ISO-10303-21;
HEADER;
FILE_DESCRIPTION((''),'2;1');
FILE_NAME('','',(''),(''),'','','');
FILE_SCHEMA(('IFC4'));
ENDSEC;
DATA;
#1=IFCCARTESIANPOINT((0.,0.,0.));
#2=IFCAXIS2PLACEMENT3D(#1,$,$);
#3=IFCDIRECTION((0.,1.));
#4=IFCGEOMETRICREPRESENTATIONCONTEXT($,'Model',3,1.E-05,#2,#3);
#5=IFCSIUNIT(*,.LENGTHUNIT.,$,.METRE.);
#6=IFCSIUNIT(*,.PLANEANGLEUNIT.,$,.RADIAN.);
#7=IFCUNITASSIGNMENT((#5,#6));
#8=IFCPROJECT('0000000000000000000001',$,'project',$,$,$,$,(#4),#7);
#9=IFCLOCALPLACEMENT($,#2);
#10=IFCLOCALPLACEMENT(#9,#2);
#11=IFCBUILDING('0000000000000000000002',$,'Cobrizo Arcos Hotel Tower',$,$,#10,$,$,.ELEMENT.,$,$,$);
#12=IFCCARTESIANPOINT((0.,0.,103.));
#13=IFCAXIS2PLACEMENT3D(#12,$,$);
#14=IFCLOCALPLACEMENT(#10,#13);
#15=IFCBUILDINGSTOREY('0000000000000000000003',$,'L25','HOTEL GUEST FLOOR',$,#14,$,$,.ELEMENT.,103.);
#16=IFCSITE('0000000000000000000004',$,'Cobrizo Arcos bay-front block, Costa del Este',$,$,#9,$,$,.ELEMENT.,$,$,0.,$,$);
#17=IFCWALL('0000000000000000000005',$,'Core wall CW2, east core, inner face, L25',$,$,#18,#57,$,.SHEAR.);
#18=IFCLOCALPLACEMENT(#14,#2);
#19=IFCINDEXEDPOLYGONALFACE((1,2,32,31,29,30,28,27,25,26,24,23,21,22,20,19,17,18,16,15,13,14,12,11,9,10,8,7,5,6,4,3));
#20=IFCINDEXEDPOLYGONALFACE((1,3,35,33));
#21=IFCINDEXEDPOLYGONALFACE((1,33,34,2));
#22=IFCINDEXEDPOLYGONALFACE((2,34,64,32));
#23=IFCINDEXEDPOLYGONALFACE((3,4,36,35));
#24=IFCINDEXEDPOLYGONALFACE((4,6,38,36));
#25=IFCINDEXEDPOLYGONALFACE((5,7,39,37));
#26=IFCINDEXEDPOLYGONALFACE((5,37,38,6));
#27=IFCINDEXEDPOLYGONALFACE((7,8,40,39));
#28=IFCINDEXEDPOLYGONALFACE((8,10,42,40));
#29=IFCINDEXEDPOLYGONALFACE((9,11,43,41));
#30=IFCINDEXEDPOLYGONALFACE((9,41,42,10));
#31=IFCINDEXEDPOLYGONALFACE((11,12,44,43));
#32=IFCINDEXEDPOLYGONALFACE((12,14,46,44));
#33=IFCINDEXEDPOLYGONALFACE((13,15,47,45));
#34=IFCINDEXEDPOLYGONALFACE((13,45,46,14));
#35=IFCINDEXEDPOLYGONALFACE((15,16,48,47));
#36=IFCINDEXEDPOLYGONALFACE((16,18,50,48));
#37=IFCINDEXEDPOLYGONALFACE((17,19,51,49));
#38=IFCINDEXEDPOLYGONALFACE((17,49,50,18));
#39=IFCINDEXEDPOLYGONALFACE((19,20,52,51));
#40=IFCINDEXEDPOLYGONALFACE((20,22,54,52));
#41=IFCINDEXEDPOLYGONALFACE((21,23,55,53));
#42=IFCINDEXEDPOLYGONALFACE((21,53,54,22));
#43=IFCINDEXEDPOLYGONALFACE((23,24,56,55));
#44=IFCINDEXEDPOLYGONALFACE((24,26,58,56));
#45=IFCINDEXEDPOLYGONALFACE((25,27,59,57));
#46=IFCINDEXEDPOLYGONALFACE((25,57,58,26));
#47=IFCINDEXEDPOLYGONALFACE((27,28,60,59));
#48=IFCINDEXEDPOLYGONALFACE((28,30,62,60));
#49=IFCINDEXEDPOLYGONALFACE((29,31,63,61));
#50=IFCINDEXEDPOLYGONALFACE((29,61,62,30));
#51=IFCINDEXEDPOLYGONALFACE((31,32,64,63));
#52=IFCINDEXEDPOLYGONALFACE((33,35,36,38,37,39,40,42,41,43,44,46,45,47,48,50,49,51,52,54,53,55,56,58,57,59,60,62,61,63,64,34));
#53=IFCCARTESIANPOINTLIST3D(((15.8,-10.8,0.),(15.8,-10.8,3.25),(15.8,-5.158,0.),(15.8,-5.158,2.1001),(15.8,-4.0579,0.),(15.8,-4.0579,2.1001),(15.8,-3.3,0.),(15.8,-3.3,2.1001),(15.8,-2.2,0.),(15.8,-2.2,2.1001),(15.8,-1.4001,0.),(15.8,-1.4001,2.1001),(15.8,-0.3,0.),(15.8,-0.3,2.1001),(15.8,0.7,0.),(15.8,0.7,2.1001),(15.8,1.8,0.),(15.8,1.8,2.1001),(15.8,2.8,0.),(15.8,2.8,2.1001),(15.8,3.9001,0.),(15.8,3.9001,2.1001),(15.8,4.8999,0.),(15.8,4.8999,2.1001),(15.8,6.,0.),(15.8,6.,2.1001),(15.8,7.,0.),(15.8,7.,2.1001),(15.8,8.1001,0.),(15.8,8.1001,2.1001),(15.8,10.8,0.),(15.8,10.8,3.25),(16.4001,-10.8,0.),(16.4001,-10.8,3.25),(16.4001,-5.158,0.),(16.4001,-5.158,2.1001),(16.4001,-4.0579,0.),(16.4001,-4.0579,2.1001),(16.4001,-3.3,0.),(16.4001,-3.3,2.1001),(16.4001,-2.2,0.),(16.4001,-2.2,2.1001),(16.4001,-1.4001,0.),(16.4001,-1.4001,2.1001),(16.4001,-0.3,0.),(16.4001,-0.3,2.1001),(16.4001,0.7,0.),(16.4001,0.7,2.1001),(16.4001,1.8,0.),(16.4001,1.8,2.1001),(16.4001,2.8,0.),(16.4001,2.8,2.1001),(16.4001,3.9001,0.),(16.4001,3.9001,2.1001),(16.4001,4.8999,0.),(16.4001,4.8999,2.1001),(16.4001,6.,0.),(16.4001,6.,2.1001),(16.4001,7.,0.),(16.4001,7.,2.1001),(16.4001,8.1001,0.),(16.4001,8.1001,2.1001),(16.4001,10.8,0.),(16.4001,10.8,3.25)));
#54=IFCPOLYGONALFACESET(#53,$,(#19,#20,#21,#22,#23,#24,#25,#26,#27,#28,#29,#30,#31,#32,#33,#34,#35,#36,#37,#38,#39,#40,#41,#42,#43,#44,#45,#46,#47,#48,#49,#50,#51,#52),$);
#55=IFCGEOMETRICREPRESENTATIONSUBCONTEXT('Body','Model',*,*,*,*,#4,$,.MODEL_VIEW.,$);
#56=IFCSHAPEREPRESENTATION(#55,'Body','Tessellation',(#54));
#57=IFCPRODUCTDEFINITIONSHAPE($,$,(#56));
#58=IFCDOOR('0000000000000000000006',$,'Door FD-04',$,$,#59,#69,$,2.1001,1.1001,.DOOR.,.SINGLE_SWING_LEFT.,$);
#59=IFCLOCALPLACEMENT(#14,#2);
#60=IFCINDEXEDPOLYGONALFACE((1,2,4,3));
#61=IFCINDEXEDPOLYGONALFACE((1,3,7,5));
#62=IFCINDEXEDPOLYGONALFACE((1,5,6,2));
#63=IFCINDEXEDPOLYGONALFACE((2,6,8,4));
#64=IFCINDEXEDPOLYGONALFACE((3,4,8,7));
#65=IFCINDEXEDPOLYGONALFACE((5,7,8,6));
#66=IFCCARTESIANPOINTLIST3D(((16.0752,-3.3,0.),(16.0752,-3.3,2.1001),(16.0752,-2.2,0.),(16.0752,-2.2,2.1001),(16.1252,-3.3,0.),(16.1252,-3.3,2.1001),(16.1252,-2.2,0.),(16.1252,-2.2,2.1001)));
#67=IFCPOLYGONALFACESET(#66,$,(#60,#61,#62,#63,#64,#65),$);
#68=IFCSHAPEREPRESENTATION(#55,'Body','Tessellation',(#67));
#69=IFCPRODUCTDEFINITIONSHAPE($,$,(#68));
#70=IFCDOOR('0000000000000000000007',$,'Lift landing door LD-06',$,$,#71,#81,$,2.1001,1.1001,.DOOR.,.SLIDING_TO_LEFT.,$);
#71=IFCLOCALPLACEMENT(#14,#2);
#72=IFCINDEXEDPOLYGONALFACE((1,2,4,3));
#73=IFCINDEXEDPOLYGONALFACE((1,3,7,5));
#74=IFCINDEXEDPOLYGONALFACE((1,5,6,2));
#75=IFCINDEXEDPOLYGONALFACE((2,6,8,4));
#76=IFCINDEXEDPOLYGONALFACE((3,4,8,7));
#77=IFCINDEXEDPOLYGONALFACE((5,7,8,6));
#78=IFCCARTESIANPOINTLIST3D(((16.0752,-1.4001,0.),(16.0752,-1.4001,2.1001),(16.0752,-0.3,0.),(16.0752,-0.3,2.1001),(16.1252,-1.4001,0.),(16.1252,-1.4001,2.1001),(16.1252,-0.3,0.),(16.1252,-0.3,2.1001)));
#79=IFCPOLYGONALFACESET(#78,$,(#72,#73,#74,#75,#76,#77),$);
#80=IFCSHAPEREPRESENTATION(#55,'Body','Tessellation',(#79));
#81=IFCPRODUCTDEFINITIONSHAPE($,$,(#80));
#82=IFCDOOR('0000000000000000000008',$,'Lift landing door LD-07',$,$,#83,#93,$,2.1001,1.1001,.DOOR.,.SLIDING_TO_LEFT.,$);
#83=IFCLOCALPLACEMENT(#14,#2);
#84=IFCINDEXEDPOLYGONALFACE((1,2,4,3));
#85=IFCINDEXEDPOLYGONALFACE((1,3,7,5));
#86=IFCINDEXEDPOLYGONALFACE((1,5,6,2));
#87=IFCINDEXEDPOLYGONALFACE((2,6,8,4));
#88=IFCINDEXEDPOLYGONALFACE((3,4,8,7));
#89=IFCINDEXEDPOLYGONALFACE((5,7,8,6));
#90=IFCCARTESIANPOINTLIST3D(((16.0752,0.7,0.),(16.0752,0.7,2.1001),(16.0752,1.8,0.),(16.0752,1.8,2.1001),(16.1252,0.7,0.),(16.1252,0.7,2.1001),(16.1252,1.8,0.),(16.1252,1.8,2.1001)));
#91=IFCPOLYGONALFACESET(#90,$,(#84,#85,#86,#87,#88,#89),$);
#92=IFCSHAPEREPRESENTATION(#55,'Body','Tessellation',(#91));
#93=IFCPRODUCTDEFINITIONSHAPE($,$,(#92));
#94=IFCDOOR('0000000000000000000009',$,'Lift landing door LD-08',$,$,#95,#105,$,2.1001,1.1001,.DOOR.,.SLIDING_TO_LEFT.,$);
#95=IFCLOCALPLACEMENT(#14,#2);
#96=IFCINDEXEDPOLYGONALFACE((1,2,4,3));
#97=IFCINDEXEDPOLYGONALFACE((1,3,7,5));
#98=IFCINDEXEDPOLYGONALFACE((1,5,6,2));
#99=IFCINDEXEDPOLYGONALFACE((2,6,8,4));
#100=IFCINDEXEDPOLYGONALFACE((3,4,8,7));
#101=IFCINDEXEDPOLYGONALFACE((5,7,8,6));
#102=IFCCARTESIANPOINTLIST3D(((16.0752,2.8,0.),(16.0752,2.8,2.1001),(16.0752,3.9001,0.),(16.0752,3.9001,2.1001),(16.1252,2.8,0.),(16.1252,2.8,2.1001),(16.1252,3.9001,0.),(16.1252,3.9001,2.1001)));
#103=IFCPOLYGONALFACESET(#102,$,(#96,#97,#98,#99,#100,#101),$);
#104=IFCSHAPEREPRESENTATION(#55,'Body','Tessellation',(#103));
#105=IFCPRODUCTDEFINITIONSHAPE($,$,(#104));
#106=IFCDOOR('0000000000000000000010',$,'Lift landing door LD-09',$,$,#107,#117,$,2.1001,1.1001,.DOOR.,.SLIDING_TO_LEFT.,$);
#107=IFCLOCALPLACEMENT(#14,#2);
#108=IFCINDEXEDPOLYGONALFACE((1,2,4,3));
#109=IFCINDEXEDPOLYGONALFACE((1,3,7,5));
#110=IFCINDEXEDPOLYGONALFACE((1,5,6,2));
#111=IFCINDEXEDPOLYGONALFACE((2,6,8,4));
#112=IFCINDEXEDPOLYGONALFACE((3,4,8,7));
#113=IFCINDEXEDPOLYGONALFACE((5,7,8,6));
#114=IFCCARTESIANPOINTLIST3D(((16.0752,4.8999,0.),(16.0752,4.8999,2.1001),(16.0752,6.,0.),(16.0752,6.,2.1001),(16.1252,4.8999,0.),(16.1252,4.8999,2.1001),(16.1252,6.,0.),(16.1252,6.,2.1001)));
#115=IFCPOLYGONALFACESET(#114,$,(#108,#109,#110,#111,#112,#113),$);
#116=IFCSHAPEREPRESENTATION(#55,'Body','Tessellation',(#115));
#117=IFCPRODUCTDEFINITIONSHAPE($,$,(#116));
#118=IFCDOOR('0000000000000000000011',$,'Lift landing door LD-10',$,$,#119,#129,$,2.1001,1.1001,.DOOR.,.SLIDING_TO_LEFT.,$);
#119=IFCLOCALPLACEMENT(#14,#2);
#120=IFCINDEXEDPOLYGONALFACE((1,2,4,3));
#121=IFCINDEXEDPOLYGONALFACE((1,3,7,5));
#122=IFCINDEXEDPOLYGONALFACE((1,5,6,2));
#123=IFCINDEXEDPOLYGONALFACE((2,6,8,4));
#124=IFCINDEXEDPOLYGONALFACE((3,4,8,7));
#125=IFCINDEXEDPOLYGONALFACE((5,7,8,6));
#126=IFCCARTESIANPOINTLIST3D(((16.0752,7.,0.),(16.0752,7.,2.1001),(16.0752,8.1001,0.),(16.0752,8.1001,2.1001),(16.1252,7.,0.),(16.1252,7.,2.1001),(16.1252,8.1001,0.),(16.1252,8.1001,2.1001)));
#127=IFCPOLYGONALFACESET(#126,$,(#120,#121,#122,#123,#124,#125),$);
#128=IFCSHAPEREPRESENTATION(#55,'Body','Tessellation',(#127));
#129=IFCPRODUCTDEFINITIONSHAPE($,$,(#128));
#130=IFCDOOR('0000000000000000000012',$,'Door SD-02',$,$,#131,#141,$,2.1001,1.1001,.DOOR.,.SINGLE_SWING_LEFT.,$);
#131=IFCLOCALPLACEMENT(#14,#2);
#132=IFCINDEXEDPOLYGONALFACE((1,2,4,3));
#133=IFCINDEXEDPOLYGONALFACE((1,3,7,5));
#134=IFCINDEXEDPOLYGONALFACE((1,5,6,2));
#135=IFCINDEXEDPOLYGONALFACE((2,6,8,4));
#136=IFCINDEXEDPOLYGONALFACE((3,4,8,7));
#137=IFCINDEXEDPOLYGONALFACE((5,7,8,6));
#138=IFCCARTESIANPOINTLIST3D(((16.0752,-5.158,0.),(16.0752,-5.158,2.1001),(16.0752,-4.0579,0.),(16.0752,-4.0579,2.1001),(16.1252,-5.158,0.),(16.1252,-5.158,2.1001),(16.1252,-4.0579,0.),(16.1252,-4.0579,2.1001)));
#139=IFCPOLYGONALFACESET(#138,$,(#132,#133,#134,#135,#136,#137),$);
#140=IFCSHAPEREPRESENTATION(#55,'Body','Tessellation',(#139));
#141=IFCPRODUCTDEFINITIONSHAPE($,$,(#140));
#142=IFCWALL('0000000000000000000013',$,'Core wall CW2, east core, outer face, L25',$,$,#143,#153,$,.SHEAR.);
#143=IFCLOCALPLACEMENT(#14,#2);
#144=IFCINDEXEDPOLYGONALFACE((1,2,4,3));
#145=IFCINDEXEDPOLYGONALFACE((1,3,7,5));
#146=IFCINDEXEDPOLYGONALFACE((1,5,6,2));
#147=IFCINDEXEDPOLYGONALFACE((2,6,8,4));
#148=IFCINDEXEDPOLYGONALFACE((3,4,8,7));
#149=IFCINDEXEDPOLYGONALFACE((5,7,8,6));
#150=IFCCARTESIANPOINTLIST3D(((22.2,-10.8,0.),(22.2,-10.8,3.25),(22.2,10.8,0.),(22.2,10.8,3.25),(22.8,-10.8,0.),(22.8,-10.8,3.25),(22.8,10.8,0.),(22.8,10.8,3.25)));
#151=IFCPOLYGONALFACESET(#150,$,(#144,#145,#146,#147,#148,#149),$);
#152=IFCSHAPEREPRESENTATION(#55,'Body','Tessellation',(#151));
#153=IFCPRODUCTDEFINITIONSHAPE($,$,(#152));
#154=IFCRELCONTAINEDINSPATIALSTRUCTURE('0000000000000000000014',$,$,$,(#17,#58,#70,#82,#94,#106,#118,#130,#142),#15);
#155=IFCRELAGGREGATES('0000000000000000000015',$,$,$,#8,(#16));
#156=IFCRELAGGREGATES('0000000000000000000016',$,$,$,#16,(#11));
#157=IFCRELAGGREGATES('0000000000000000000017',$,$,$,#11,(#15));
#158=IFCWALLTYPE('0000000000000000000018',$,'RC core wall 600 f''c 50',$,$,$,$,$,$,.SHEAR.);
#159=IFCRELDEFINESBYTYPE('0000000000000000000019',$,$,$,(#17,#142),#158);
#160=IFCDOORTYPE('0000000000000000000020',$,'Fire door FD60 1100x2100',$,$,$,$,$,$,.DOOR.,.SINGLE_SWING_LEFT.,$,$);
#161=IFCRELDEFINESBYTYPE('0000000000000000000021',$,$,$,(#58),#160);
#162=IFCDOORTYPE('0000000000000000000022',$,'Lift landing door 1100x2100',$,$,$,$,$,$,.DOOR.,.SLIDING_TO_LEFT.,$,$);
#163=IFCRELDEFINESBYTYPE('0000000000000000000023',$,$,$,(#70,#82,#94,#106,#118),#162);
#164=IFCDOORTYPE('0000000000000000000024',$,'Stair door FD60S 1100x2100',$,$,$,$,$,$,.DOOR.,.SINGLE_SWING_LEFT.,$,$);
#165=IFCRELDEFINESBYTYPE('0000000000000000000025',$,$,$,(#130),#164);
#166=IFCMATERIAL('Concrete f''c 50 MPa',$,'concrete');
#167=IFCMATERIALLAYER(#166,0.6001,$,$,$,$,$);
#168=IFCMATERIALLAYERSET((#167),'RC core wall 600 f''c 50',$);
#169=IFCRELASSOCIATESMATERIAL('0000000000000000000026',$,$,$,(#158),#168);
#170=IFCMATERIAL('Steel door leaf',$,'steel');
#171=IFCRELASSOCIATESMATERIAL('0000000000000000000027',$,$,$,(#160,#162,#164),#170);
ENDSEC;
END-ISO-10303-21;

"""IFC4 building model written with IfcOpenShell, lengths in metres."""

from ifc_helpers import new_model, si_unit, direction, frame, frame_2d, origin, place, context, subcontext, project, spatial, rectangle, extrude, material, layer, layer_set, type_object, element, fill, save


model = new_model("IFC4")

# Units and contexts
model_context = context("Model", 3, precision=1e-05, world=origin(), true_north=direction((0.0, 1.0)))
body_context = subcontext(model_context, "Body", "Model", "MODEL_VIEW")
ifc_project = project(units=[si_unit("LENGTHUNIT", "METRE"), si_unit("PLANEANGLEUNIT", "RADIAN")], contexts=[model_context])

# Site, building, storey
site_placement = place(None, origin())
site = spatial("IfcSite", under=ifc_project, at=site_placement, Name="Cobrizo Arcos bay-front block, Costa del Este", CompositionType="ELEMENT", RefElevation=0.0)
building_placement = place(site_placement, origin())
building = spatial("IfcBuilding", under=site, at=building_placement, Name="Cobrizo Arcos Hotel Tower", CompositionType="ELEMENT")
storey_placement = place(building_placement, frame((0.0, 0.0, 103.0)))
storey = spatial("IfcBuildingStorey", under=building, at=storey_placement, Name="L25", Description="HOTEL GUEST FLOOR", CompositionType="ELEMENT", Elevation=103.0)

# Wall, openings, doors
ifc_material_1 = material(Name="Concrete f'c 50 MPa", Category="concrete")
ifc_layer_1 = layer(ifc_material_1, 0.6001)
ifc_layer_set_1 = layer_set([ifc_layer_1], Name="RC core wall 600 f'c 50")
wall_type_1 = type_object("IfcWallType", Name="RC core wall 600 f'c 50", PredefinedType="SHEAR", material=ifc_layer_set_1)
wall_1_placement = place(storey_placement, frame((16.1001, -10.8, 0.0), z_axis=(0.0, 0.0, 1.0), x_axis=(0.0, 1.0, 0.0)))
wall_1 = element("IfcWall", 1, at=wall_1_placement, inside=storey, type_object=wall_type_1, Name="Core wall CW2, east core, inner face, L25", PredefinedType="SHEAR", context=body_context, shape_type="SweptSolid", body=[
    extrude(rectangle(XDim=21.6001, YDim=0.6001, at=frame_2d((10.8, 0.0))), origin(), (0.0, 0.0, 1.0), 3.25),
])
opening_1_placement = place(wall_1_placement, frame((9.3999, 0.0, 0.0)))
opening_1 = element("IfcOpeningElement", 2, at=opening_1_placement, cuts=wall_1, PredefinedType="OPENING", context=body_context, shape_type="SweptSolid", body=[
    extrude(rectangle(XDim=1.1001, YDim=2.1001, at=frame_2d((0.55, 1.05))), frame((0.0, 0.312, 0.0), z_axis=(0.0, -1.0, 0.0), x_axis=(1.0, 0.0, 0.0)), (0.0, 0.0, 1.0), 0.624),
])
opening_2_placement = place(wall_1_placement, frame((11.5, 0.0, 0.0)))
opening_2 = element("IfcOpeningElement", 3, at=opening_2_placement, cuts=wall_1, PredefinedType="OPENING", context=body_context, shape_type="SweptSolid", body=[
    extrude(rectangle(XDim=1.1001, YDim=2.1001, at=frame_2d((0.55, 1.05))), frame((0.0, 0.312, 0.0), z_axis=(0.0, -1.0, 0.0), x_axis=(1.0, 0.0, 0.0)), (0.0, 0.0, 1.0), 0.624),
])
opening_3_placement = place(wall_1_placement, frame((13.6001, 0.0, 0.0)))
opening_3 = element("IfcOpeningElement", 4, at=opening_3_placement, cuts=wall_1, PredefinedType="OPENING", context=body_context, shape_type="SweptSolid", body=[
    extrude(rectangle(XDim=1.1001, YDim=2.1001, at=frame_2d((0.55, 1.05))), frame((0.0, 0.312, 0.0), z_axis=(0.0, -1.0, 0.0), x_axis=(1.0, 0.0, 0.0)), (0.0, 0.0, 1.0), 0.624),
])
opening_4_placement = place(wall_1_placement, frame((15.7, 0.0, 0.0)))
opening_4 = element("IfcOpeningElement", 5, at=opening_4_placement, cuts=wall_1, PredefinedType="OPENING", context=body_context, shape_type="SweptSolid", body=[
    extrude(rectangle(XDim=1.1001, YDim=2.1001, at=frame_2d((0.55, 1.05))), frame((0.0, 0.312, 0.0), z_axis=(0.0, -1.0, 0.0), x_axis=(1.0, 0.0, 0.0)), (0.0, 0.0, 1.0), 0.624),
])
opening_5_placement = place(wall_1_placement, frame((17.8, 0.0, 0.0)))
opening_5 = element("IfcOpeningElement", 6, at=opening_5_placement, cuts=wall_1, PredefinedType="OPENING", context=body_context, shape_type="SweptSolid", body=[
    extrude(rectangle(XDim=1.1001, YDim=2.1001, at=frame_2d((0.55, 1.05))), frame((0.0, 0.312, 0.0), z_axis=(0.0, -1.0, 0.0), x_axis=(1.0, 0.0, 0.0)), (0.0, 0.0, 1.0), 0.624),
])
opening_6_placement = place(wall_1_placement, frame((5.6421, 0.0, 0.0)))
opening_6 = element("IfcOpeningElement", 7, at=opening_6_placement, cuts=wall_1, PredefinedType="OPENING", context=body_context, shape_type="SweptSolid", body=[
    extrude(rectangle(XDim=1.1001, YDim=2.1001, at=frame_2d((0.55, 1.05))), frame((0.0, 0.312, 0.0), z_axis=(0.0, -1.0, 0.0), x_axis=(1.0, 0.0, 0.0)), (0.0, 0.0, 1.0), 0.624),
])
opening_7_placement = place(wall_1_placement, frame((7.5, 0.0, 0.0)))
opening_7 = element("IfcOpeningElement", 8, at=opening_7_placement, cuts=wall_1, PredefinedType="OPENING", context=body_context, shape_type="SweptSolid", body=[
    extrude(rectangle(XDim=1.1001, YDim=2.1001, at=frame_2d((0.55, 1.05))), frame((0.0, 0.312, 0.0), z_axis=(0.0, -1.0, 0.0), x_axis=(1.0, 0.0, 0.0)), (0.0, 0.0, 1.0), 0.624),
])
ifc_material_2 = material(Name="Steel door leaf", Category="steel")
door_type_1 = type_object("IfcDoorType", Name="Fire door FD60 1100x2100", OperationType="SINGLE_SWING_LEFT", PredefinedType="DOOR", material=ifc_material_2)
door_1_placement = place(opening_7_placement, origin())
door_1 = element("IfcDoor", 9, at=door_1_placement, inside=storey, type_object=door_type_1, Name="Door FD-04", OperationType="SINGLE_SWING_LEFT", OverallHeight=2.1001, OverallWidth=1.1001, PredefinedType="DOOR", context=body_context, shape_type="SweptSolid", body=[
    extrude(rectangle(XDim=1.1001, YDim=2.1001, at=frame_2d((0.55, 1.05))), frame((0.0, 0.0249, 0.0), z_axis=(0.0, -1.0, 0.0), x_axis=(1.0, 0.0, 0.0)), (0.0, 0.0, 1.0), 0.05),
])
fill(opening_7, door_1)
door_type_2 = type_object("IfcDoorType", Name="Lift landing door 1100x2100", OperationType="SLIDING_TO_LEFT", PredefinedType="DOOR", material=ifc_material_2)
door_2_placement = place(opening_1_placement, origin())
door_2 = element("IfcDoor", 10, at=door_2_placement, inside=storey, type_object=door_type_2, Name="Lift landing door LD-06", OperationType="SLIDING_TO_LEFT", OverallHeight=2.1001, OverallWidth=1.1001, PredefinedType="DOOR", context=body_context, shape_type="SweptSolid", body=[
    extrude(rectangle(XDim=1.1001, YDim=2.1001, at=frame_2d((0.55, 1.05))), frame((0.0, 0.0249, 0.0), z_axis=(0.0, -1.0, 0.0), x_axis=(1.0, 0.0, 0.0)), (0.0, 0.0, 1.0), 0.05),
])
fill(opening_1, door_2)
door_3_placement = place(opening_2_placement, origin())
door_3 = element("IfcDoor", 11, at=door_3_placement, inside=storey, type_object=door_type_2, Name="Lift landing door LD-07", OperationType="SLIDING_TO_LEFT", OverallHeight=2.1001, OverallWidth=1.1001, PredefinedType="DOOR", context=body_context, shape_type="SweptSolid", body=[
    extrude(rectangle(XDim=1.1001, YDim=2.1001, at=frame_2d((0.55, 1.05))), frame((0.0, 0.0249, 0.0), z_axis=(0.0, -1.0, 0.0), x_axis=(1.0, 0.0, 0.0)), (0.0, 0.0, 1.0), 0.05),
])
fill(opening_2, door_3)
door_4_placement = place(opening_3_placement, origin())
door_4 = element("IfcDoor", 12, at=door_4_placement, inside=storey, type_object=door_type_2, Name="Lift landing door LD-08", OperationType="SLIDING_TO_LEFT", OverallHeight=2.1001, OverallWidth=1.1001, PredefinedType="DOOR", context=body_context, shape_type="SweptSolid", body=[
    extrude(rectangle(XDim=1.1001, YDim=2.1001, at=frame_2d((0.55, 1.05))), frame((0.0, 0.0249, 0.0), z_axis=(0.0, -1.0, 0.0), x_axis=(1.0, 0.0, 0.0)), (0.0, 0.0, 1.0), 0.05),
])
fill(opening_3, door_4)
door_5_placement = place(opening_4_placement, origin())
door_5 = element("IfcDoor", 13, at=door_5_placement, inside=storey, type_object=door_type_2, Name="Lift landing door LD-09", OperationType="SLIDING_TO_LEFT", OverallHeight=2.1001, OverallWidth=1.1001, PredefinedType="DOOR", context=body_context, shape_type="SweptSolid", body=[
    extrude(rectangle(XDim=1.1001, YDim=2.1001, at=frame_2d((0.55, 1.05))), frame((0.0, 0.0249, 0.0), z_axis=(0.0, -1.0, 0.0), x_axis=(1.0, 0.0, 0.0)), (0.0, 0.0, 1.0), 0.05),
])
fill(opening_4, door_5)
door_6_placement = place(opening_5_placement, origin())
door_6 = element("IfcDoor", 14, at=door_6_placement, inside=storey, type_object=door_type_2, Name="Lift landing door LD-10", OperationType="SLIDING_TO_LEFT", OverallHeight=2.1001, OverallWidth=1.1001, PredefinedType="DOOR", context=body_context, shape_type="SweptSolid", body=[
    extrude(rectangle(XDim=1.1001, YDim=2.1001, at=frame_2d((0.55, 1.05))), frame((0.0, 0.0249, 0.0), z_axis=(0.0, -1.0, 0.0), x_axis=(1.0, 0.0, 0.0)), (0.0, 0.0, 1.0), 0.05),
])
fill(opening_5, door_6)
door_type_3 = type_object("IfcDoorType", Name="Stair door FD60S 1100x2100", OperationType="SINGLE_SWING_LEFT", PredefinedType="DOOR", material=ifc_material_2)
door_7_placement = place(opening_6_placement, origin())
door_7 = element("IfcDoor", 15, at=door_7_placement, inside=storey, type_object=door_type_3, Name="Door SD-02", OperationType="SINGLE_SWING_LEFT", OverallHeight=2.1001, OverallWidth=1.1001, PredefinedType="DOOR", context=body_context, shape_type="SweptSolid", body=[
    extrude(rectangle(XDim=1.1001, YDim=2.1001, at=frame_2d((0.55, 1.05))), frame((0.0, 0.0249, 0.0), z_axis=(0.0, -1.0, 0.0), x_axis=(1.0, 0.0, 0.0)), (0.0, 0.0, 1.0), 0.05),
])
fill(opening_6, door_7)

# Wall
wall_2_placement = place(storey_placement, frame((22.5, -10.8, 0.0), z_axis=(0.0, 0.0, 1.0), x_axis=(0.0, 1.0, 0.0)))
element("IfcWall", 16, at=wall_2_placement, inside=storey, type_object=wall_type_1, Name="Core wall CW2, east core, outer face, L25", PredefinedType="SHEAR", context=body_context, shape_type="SweptSolid", body=[
    extrude(rectangle(XDim=21.6001, YDim=0.6001, at=frame_2d((10.8, 0.0))), origin(), (0.0, 0.0, 1.0), 3.25),
])

save(model, "model.ifc")
